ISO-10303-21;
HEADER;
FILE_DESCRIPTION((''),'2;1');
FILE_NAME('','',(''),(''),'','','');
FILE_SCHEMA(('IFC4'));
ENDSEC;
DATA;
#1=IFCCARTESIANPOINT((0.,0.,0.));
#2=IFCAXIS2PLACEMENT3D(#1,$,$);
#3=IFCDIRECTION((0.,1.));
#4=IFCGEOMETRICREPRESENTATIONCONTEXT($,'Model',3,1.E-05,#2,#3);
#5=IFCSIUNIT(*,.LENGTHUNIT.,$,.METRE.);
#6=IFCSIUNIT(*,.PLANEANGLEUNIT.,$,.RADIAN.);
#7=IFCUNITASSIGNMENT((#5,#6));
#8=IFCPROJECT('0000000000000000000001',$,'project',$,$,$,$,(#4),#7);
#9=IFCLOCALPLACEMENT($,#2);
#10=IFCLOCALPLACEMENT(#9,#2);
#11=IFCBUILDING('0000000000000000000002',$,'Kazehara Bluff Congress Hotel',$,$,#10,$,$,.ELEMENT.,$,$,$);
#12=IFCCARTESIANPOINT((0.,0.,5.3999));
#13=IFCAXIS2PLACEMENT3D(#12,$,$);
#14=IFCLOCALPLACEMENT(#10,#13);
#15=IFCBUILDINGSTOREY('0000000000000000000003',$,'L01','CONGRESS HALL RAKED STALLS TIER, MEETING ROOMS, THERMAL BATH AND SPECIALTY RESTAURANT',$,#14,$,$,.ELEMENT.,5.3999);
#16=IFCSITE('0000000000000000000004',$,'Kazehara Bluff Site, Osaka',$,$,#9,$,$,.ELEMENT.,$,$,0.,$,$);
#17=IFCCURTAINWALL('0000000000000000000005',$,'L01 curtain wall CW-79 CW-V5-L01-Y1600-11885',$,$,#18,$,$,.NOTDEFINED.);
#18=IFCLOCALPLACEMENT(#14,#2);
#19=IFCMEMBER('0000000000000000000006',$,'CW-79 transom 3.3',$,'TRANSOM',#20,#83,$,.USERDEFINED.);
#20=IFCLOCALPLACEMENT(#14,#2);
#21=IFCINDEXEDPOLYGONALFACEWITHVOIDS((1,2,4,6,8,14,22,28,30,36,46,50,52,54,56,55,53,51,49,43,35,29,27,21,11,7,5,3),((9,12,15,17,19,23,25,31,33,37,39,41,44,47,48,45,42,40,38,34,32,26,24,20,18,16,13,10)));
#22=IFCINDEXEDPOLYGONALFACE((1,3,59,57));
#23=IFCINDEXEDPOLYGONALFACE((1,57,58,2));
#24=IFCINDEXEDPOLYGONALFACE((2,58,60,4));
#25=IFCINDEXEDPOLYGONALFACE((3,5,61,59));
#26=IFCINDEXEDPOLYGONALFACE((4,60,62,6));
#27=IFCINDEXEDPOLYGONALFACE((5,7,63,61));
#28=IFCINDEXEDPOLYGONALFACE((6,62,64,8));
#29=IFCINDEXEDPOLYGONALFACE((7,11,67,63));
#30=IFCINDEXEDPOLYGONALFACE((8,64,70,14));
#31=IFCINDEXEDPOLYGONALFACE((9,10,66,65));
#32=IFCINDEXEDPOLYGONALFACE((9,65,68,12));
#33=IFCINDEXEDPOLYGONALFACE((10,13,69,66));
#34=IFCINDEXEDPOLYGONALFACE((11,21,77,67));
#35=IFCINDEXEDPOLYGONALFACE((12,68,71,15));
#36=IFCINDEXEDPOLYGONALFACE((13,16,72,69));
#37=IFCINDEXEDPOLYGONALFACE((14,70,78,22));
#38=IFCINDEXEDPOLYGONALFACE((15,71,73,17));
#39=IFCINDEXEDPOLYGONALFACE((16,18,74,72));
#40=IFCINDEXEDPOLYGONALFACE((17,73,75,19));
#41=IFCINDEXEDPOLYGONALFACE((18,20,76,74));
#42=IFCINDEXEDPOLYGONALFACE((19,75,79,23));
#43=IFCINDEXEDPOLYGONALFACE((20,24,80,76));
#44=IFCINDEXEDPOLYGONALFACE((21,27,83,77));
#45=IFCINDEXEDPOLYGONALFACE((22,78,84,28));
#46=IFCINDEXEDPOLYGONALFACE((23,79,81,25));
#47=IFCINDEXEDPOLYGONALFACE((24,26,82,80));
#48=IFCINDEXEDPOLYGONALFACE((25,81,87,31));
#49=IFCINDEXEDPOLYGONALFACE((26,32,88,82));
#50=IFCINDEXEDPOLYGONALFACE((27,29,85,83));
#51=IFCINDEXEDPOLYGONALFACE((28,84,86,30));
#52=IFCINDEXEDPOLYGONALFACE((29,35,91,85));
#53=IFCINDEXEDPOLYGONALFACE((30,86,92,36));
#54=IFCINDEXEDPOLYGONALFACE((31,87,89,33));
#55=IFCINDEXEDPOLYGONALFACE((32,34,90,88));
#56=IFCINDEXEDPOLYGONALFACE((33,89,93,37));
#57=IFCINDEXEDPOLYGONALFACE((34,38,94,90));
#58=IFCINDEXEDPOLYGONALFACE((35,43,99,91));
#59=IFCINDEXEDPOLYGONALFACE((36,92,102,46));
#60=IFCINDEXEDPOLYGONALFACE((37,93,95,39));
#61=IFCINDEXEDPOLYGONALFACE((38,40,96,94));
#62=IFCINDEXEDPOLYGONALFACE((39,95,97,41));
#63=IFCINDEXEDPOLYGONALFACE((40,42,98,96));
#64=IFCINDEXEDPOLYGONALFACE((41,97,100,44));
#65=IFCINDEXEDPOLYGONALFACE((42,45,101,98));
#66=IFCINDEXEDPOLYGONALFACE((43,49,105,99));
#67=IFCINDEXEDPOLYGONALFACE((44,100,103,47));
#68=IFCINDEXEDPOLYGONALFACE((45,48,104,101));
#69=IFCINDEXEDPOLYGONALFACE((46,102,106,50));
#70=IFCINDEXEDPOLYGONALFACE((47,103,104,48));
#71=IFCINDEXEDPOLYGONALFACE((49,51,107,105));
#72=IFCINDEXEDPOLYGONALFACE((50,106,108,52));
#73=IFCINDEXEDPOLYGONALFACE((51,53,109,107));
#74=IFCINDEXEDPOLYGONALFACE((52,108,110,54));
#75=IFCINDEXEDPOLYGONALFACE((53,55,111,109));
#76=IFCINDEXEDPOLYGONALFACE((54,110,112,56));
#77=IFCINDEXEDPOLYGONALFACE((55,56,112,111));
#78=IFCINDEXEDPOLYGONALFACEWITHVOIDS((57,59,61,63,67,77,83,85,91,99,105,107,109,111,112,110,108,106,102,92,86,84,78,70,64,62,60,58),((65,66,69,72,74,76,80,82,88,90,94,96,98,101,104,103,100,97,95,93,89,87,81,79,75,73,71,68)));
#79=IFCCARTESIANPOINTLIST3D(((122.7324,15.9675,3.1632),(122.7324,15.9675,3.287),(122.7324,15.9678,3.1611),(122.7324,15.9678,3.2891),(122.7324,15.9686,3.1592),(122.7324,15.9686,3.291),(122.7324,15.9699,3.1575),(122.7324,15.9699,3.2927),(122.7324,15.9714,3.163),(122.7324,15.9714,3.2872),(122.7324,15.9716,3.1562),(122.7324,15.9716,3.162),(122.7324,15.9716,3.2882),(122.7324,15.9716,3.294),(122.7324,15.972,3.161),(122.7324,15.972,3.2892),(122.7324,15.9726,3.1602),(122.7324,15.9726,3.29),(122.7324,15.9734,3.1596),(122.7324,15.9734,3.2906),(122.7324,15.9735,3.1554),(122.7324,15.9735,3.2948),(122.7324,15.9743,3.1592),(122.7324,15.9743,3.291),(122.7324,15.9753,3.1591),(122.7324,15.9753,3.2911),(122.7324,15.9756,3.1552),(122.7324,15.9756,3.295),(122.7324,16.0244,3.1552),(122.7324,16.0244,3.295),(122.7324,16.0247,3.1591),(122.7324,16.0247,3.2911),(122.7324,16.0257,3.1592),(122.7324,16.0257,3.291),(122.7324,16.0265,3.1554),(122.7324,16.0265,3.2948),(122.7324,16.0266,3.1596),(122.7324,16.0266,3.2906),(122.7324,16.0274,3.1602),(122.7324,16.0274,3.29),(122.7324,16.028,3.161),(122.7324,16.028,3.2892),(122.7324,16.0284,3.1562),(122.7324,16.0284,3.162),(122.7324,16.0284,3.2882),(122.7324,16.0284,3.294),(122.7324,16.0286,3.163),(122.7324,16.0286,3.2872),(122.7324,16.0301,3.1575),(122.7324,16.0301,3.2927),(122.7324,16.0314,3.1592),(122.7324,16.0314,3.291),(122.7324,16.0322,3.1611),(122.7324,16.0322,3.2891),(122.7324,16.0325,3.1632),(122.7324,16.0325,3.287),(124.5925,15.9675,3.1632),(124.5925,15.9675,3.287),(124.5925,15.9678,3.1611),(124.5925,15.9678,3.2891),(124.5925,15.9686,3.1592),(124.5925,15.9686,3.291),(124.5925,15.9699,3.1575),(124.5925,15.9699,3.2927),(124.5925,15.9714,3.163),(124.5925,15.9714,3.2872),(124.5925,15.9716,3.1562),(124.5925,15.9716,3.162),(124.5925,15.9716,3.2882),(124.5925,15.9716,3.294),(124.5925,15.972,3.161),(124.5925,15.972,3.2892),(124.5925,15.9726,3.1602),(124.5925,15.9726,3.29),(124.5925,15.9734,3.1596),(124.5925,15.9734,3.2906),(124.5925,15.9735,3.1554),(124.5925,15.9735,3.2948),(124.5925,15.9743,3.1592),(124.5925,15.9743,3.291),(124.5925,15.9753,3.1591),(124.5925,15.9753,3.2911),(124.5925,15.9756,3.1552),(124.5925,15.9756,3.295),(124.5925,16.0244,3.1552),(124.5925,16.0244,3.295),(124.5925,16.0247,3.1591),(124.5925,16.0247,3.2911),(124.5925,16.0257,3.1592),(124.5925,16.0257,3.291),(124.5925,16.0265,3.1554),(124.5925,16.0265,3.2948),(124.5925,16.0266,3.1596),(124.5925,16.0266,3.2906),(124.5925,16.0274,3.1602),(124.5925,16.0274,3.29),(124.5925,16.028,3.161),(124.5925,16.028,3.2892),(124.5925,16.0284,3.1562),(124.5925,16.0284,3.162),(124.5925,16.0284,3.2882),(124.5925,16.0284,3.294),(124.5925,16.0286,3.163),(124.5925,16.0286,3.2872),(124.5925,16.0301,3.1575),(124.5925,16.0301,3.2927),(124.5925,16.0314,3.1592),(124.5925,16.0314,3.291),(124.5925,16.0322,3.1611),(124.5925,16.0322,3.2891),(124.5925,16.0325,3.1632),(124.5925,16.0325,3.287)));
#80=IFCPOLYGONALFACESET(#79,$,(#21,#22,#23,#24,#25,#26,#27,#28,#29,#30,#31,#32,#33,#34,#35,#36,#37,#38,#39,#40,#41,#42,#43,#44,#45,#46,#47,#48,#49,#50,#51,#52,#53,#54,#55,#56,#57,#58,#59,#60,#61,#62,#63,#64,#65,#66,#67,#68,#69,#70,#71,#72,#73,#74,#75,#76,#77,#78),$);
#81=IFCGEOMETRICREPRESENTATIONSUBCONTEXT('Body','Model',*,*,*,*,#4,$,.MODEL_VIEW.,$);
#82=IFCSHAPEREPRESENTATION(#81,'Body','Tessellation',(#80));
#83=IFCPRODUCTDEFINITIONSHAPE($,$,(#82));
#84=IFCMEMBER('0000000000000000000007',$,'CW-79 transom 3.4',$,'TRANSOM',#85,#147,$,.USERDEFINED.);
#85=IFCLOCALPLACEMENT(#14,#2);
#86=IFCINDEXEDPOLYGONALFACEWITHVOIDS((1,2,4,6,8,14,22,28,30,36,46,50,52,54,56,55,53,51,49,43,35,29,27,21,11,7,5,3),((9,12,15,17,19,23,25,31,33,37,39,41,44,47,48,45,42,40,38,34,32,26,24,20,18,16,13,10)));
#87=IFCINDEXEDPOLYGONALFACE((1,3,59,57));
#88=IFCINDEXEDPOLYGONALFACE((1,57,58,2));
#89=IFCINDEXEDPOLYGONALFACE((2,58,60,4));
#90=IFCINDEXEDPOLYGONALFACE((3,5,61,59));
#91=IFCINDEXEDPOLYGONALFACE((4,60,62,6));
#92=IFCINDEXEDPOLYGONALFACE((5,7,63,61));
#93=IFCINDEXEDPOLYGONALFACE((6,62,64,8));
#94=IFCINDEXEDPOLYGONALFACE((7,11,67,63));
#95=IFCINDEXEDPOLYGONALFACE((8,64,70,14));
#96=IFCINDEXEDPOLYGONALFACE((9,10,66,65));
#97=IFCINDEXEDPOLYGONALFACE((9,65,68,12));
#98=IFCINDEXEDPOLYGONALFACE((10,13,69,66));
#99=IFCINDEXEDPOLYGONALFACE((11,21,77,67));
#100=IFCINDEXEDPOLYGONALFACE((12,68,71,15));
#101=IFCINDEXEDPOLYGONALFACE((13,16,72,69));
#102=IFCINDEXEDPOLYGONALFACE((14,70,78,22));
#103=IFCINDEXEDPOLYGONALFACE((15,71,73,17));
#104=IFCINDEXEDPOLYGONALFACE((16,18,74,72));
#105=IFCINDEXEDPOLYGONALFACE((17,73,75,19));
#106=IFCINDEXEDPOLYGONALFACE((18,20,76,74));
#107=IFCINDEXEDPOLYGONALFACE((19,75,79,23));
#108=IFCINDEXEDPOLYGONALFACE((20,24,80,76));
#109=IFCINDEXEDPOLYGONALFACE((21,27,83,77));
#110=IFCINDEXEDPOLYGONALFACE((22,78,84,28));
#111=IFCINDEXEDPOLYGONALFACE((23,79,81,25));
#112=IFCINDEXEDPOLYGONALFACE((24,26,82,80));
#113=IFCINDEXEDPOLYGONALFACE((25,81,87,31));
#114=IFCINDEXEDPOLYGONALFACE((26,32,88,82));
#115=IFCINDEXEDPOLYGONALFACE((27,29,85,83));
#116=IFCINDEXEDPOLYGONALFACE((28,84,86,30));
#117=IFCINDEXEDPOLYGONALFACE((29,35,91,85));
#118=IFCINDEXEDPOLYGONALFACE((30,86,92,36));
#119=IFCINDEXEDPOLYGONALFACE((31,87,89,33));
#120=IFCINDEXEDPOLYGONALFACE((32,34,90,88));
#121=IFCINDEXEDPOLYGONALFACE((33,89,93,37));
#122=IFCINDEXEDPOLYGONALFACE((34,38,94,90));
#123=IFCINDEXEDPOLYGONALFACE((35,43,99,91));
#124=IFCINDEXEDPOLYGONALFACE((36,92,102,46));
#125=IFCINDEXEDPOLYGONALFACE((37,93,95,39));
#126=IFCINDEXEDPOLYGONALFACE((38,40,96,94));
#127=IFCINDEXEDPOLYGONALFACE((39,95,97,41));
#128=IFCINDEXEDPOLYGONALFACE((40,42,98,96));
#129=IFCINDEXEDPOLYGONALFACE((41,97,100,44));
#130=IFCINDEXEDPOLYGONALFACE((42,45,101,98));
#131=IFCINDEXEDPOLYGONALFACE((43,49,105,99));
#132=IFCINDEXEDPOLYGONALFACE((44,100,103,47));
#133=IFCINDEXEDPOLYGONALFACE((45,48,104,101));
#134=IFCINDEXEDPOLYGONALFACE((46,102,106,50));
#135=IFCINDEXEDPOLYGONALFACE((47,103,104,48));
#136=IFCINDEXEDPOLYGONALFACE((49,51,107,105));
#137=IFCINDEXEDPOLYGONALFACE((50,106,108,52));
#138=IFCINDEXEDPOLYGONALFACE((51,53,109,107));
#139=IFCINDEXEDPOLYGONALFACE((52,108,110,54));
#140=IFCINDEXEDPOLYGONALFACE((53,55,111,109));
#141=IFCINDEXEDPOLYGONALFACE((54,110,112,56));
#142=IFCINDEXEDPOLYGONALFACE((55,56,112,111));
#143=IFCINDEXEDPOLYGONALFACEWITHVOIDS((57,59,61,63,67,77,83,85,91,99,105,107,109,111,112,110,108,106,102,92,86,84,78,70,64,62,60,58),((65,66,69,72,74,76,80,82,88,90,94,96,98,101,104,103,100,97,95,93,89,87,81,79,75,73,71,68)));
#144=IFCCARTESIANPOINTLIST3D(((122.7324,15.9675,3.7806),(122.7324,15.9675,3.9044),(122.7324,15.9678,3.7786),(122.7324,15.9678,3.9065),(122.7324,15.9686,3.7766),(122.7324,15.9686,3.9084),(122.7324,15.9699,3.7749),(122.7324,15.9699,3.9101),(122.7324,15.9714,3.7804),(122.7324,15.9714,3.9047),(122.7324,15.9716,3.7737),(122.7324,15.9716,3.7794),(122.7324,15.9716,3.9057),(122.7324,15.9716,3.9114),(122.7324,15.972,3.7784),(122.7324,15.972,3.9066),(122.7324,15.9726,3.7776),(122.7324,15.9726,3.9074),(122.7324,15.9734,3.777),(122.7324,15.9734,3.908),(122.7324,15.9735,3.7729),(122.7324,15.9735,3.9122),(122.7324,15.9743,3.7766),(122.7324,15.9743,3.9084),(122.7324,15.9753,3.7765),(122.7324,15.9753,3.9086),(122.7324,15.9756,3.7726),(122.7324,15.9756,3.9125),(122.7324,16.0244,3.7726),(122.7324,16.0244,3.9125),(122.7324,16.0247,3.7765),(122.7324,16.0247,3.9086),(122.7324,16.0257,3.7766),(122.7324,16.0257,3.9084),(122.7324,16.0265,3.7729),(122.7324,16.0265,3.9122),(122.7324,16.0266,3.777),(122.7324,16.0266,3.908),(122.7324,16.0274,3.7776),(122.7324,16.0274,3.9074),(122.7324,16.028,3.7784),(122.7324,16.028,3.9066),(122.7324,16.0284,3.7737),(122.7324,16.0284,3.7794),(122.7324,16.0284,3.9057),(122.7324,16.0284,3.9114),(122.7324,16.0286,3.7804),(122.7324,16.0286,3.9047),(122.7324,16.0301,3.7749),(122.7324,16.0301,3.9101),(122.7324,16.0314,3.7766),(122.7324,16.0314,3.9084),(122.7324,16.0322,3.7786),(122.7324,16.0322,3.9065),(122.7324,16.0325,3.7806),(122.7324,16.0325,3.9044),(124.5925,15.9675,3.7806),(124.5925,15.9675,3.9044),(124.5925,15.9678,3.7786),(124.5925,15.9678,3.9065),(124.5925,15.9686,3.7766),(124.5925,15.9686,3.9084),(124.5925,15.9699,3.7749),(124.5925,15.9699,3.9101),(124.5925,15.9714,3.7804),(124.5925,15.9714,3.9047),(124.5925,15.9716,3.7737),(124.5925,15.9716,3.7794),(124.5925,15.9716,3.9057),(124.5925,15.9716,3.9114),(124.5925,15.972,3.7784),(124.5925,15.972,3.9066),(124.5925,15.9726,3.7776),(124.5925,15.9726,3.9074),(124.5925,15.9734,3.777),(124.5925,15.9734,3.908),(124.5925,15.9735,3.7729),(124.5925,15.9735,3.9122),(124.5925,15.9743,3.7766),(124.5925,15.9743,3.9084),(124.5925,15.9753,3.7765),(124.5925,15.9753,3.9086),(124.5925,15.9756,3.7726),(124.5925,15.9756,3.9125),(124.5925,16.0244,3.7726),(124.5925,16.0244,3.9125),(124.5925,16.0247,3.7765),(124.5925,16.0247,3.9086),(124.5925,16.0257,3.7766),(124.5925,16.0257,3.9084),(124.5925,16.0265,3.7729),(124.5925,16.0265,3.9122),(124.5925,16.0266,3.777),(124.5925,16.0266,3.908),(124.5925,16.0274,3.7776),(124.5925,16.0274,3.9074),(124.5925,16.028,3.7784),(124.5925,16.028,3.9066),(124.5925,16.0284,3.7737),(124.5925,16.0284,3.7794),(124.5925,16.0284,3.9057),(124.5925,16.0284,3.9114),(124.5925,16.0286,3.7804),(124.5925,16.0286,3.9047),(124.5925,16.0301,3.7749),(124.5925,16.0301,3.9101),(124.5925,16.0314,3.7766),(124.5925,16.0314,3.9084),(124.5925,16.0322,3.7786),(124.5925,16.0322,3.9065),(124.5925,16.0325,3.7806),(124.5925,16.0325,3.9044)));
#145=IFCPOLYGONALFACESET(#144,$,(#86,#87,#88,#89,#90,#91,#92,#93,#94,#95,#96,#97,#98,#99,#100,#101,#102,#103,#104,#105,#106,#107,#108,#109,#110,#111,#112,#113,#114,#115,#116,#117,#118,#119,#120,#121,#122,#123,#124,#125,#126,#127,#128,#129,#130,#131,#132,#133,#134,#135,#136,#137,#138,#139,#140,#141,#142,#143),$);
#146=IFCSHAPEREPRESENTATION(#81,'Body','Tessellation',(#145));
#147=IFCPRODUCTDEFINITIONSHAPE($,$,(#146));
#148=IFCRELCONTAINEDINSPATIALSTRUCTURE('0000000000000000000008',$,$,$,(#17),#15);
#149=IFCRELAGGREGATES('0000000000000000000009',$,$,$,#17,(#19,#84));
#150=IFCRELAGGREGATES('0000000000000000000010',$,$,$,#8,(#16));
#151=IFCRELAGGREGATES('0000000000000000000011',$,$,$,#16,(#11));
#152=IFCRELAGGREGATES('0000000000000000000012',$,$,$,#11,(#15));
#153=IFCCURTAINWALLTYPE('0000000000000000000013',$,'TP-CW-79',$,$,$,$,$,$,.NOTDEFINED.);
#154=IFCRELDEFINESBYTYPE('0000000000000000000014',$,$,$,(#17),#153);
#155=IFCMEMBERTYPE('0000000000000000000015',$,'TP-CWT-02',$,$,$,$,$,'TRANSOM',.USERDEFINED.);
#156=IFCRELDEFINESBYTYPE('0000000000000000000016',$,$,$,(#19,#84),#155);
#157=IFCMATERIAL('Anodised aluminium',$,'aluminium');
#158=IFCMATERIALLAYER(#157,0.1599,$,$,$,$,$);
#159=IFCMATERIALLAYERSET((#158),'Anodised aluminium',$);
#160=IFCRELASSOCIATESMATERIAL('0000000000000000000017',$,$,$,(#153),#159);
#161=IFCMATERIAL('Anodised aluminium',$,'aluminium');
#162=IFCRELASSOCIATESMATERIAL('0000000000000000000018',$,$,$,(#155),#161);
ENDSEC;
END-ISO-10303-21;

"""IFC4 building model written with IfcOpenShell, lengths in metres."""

from ifc_helpers import new_model, si_unit, direction, frame, origin, origin_2d, place, context, subcontext, project, spatial, hollow_rectangle, extrude, material, layer, layer_set, material_profile, profile_set, type_object, element, aggregate, save


model = new_model("IFC4")

# Units and contexts
model_context = context("Model", 3, precision=1e-05, world=origin(), true_north=direction((0.0, 1.0)))
body_context = subcontext(model_context, "Body", "Model", "MODEL_VIEW")
ifc_project = project(units=[si_unit("LENGTHUNIT", "METRE"), si_unit("PLANEANGLEUNIT", "RADIAN")], contexts=[model_context])

# Site, building, storey
site_placement = place(None, origin())
site = spatial("IfcSite", under=ifc_project, at=site_placement, Name="Kazehara Bluff Site, Osaka", CompositionType="ELEMENT", RefElevation=0.0)
building_placement = place(site_placement, origin())
building = spatial("IfcBuilding", under=site, at=building_placement, Name="Kazehara Bluff Congress Hotel", CompositionType="ELEMENT")
storey_placement = place(building_placement, frame((0.0, 0.0, 5.3999)))
storey = spatial("IfcBuildingStorey", under=building, at=storey_placement, Name="L01", Description="CONGRESS HALL RAKED STALLS TIER, MEETING ROOMS, THERMAL BATH AND SPECIALTY RESTAURANT", CompositionType="ELEMENT", Elevation=5.3999)

# Curtain wall, members
ifc_material_1 = material(Name="Anodised aluminium", Category="aluminium")
ifc_layer_1 = layer(ifc_material_1, 0.1599)
ifc_layer_set_1 = layer_set([ifc_layer_1], Name="Anodised aluminium")
curtain_wall_type = type_object("IfcCurtainWallType", Name="TP-CW-79", PredefinedType="NOTDEFINED", material=ifc_layer_set_1)
curtain_wall_placement = place(storey_placement, origin())
curtain_wall = element("IfcCurtainWall", 1, at=curtain_wall_placement, inside=storey, type_object=curtain_wall_type, Name="L01 curtain wall CW-79 CW-V5-L01-Y1600-11885", PredefinedType="NOTDEFINED")
ifc_material_2 = material(Name="Anodised aluminium", Category="aluminium")
ifc_material_profile_1 = material_profile(ifc_material_2, hollow_rectangle(XDim=0.0649, YDim=0.1399, WallThickness=0.0039, InnerFilletRadius=0.0039, OuterFilletRadius=0.0081, at=origin_2d()))
ifc_profile_set_1 = profile_set([ifc_material_profile_1], Name="Anodised aluminium")
member_type_1 = type_object("IfcMemberType", Name="TP-CWT-02", ElementType="TRANSOM", PredefinedType="USERDEFINED", material=ifc_profile_set_1)
member_1_placement = place(storey_placement, frame((122.7324, 16.0, 3.2251), z_axis=(1.0, 0.0, 0.0), x_axis=(0.0, 1.0, 0.0)))
member_1 = element("IfcMember", 2, at=member_1_placement, type_object=member_type_1, Name="CW-79 transom 3.3", ObjectType="TRANSOM", PredefinedType="USERDEFINED", context=body_context, shape_type="SweptSolid", body=[
    extrude(hollow_rectangle(XDim=0.0649, YDim=0.1399, WallThickness=0.0039, InnerFilletRadius=0.0039, OuterFilletRadius=0.0081, at=origin_2d()), origin(), (0.0, 0.0, 1.0), 1.8601),
])
member_2_placement = place(storey_placement, frame((122.7324, 16.0, 3.8425), z_axis=(1.0, 0.0, 0.0), x_axis=(0.0, 1.0, 0.0)))
member_2 = element("IfcMember", 3, at=member_2_placement, type_object=member_type_1, Name="CW-79 transom 3.4", ObjectType="TRANSOM", PredefinedType="USERDEFINED", context=body_context, shape_type="SweptSolid", body=[
    extrude(hollow_rectangle(XDim=0.0649, YDim=0.1399, WallThickness=0.0039, InnerFilletRadius=0.0039, OuterFilletRadius=0.0081, at=origin_2d()), origin(), (0.0, 0.0, 1.0), 1.8601),
])
aggregate(curtain_wall, [member_1, member_2])

save(model, "model.ifc")
